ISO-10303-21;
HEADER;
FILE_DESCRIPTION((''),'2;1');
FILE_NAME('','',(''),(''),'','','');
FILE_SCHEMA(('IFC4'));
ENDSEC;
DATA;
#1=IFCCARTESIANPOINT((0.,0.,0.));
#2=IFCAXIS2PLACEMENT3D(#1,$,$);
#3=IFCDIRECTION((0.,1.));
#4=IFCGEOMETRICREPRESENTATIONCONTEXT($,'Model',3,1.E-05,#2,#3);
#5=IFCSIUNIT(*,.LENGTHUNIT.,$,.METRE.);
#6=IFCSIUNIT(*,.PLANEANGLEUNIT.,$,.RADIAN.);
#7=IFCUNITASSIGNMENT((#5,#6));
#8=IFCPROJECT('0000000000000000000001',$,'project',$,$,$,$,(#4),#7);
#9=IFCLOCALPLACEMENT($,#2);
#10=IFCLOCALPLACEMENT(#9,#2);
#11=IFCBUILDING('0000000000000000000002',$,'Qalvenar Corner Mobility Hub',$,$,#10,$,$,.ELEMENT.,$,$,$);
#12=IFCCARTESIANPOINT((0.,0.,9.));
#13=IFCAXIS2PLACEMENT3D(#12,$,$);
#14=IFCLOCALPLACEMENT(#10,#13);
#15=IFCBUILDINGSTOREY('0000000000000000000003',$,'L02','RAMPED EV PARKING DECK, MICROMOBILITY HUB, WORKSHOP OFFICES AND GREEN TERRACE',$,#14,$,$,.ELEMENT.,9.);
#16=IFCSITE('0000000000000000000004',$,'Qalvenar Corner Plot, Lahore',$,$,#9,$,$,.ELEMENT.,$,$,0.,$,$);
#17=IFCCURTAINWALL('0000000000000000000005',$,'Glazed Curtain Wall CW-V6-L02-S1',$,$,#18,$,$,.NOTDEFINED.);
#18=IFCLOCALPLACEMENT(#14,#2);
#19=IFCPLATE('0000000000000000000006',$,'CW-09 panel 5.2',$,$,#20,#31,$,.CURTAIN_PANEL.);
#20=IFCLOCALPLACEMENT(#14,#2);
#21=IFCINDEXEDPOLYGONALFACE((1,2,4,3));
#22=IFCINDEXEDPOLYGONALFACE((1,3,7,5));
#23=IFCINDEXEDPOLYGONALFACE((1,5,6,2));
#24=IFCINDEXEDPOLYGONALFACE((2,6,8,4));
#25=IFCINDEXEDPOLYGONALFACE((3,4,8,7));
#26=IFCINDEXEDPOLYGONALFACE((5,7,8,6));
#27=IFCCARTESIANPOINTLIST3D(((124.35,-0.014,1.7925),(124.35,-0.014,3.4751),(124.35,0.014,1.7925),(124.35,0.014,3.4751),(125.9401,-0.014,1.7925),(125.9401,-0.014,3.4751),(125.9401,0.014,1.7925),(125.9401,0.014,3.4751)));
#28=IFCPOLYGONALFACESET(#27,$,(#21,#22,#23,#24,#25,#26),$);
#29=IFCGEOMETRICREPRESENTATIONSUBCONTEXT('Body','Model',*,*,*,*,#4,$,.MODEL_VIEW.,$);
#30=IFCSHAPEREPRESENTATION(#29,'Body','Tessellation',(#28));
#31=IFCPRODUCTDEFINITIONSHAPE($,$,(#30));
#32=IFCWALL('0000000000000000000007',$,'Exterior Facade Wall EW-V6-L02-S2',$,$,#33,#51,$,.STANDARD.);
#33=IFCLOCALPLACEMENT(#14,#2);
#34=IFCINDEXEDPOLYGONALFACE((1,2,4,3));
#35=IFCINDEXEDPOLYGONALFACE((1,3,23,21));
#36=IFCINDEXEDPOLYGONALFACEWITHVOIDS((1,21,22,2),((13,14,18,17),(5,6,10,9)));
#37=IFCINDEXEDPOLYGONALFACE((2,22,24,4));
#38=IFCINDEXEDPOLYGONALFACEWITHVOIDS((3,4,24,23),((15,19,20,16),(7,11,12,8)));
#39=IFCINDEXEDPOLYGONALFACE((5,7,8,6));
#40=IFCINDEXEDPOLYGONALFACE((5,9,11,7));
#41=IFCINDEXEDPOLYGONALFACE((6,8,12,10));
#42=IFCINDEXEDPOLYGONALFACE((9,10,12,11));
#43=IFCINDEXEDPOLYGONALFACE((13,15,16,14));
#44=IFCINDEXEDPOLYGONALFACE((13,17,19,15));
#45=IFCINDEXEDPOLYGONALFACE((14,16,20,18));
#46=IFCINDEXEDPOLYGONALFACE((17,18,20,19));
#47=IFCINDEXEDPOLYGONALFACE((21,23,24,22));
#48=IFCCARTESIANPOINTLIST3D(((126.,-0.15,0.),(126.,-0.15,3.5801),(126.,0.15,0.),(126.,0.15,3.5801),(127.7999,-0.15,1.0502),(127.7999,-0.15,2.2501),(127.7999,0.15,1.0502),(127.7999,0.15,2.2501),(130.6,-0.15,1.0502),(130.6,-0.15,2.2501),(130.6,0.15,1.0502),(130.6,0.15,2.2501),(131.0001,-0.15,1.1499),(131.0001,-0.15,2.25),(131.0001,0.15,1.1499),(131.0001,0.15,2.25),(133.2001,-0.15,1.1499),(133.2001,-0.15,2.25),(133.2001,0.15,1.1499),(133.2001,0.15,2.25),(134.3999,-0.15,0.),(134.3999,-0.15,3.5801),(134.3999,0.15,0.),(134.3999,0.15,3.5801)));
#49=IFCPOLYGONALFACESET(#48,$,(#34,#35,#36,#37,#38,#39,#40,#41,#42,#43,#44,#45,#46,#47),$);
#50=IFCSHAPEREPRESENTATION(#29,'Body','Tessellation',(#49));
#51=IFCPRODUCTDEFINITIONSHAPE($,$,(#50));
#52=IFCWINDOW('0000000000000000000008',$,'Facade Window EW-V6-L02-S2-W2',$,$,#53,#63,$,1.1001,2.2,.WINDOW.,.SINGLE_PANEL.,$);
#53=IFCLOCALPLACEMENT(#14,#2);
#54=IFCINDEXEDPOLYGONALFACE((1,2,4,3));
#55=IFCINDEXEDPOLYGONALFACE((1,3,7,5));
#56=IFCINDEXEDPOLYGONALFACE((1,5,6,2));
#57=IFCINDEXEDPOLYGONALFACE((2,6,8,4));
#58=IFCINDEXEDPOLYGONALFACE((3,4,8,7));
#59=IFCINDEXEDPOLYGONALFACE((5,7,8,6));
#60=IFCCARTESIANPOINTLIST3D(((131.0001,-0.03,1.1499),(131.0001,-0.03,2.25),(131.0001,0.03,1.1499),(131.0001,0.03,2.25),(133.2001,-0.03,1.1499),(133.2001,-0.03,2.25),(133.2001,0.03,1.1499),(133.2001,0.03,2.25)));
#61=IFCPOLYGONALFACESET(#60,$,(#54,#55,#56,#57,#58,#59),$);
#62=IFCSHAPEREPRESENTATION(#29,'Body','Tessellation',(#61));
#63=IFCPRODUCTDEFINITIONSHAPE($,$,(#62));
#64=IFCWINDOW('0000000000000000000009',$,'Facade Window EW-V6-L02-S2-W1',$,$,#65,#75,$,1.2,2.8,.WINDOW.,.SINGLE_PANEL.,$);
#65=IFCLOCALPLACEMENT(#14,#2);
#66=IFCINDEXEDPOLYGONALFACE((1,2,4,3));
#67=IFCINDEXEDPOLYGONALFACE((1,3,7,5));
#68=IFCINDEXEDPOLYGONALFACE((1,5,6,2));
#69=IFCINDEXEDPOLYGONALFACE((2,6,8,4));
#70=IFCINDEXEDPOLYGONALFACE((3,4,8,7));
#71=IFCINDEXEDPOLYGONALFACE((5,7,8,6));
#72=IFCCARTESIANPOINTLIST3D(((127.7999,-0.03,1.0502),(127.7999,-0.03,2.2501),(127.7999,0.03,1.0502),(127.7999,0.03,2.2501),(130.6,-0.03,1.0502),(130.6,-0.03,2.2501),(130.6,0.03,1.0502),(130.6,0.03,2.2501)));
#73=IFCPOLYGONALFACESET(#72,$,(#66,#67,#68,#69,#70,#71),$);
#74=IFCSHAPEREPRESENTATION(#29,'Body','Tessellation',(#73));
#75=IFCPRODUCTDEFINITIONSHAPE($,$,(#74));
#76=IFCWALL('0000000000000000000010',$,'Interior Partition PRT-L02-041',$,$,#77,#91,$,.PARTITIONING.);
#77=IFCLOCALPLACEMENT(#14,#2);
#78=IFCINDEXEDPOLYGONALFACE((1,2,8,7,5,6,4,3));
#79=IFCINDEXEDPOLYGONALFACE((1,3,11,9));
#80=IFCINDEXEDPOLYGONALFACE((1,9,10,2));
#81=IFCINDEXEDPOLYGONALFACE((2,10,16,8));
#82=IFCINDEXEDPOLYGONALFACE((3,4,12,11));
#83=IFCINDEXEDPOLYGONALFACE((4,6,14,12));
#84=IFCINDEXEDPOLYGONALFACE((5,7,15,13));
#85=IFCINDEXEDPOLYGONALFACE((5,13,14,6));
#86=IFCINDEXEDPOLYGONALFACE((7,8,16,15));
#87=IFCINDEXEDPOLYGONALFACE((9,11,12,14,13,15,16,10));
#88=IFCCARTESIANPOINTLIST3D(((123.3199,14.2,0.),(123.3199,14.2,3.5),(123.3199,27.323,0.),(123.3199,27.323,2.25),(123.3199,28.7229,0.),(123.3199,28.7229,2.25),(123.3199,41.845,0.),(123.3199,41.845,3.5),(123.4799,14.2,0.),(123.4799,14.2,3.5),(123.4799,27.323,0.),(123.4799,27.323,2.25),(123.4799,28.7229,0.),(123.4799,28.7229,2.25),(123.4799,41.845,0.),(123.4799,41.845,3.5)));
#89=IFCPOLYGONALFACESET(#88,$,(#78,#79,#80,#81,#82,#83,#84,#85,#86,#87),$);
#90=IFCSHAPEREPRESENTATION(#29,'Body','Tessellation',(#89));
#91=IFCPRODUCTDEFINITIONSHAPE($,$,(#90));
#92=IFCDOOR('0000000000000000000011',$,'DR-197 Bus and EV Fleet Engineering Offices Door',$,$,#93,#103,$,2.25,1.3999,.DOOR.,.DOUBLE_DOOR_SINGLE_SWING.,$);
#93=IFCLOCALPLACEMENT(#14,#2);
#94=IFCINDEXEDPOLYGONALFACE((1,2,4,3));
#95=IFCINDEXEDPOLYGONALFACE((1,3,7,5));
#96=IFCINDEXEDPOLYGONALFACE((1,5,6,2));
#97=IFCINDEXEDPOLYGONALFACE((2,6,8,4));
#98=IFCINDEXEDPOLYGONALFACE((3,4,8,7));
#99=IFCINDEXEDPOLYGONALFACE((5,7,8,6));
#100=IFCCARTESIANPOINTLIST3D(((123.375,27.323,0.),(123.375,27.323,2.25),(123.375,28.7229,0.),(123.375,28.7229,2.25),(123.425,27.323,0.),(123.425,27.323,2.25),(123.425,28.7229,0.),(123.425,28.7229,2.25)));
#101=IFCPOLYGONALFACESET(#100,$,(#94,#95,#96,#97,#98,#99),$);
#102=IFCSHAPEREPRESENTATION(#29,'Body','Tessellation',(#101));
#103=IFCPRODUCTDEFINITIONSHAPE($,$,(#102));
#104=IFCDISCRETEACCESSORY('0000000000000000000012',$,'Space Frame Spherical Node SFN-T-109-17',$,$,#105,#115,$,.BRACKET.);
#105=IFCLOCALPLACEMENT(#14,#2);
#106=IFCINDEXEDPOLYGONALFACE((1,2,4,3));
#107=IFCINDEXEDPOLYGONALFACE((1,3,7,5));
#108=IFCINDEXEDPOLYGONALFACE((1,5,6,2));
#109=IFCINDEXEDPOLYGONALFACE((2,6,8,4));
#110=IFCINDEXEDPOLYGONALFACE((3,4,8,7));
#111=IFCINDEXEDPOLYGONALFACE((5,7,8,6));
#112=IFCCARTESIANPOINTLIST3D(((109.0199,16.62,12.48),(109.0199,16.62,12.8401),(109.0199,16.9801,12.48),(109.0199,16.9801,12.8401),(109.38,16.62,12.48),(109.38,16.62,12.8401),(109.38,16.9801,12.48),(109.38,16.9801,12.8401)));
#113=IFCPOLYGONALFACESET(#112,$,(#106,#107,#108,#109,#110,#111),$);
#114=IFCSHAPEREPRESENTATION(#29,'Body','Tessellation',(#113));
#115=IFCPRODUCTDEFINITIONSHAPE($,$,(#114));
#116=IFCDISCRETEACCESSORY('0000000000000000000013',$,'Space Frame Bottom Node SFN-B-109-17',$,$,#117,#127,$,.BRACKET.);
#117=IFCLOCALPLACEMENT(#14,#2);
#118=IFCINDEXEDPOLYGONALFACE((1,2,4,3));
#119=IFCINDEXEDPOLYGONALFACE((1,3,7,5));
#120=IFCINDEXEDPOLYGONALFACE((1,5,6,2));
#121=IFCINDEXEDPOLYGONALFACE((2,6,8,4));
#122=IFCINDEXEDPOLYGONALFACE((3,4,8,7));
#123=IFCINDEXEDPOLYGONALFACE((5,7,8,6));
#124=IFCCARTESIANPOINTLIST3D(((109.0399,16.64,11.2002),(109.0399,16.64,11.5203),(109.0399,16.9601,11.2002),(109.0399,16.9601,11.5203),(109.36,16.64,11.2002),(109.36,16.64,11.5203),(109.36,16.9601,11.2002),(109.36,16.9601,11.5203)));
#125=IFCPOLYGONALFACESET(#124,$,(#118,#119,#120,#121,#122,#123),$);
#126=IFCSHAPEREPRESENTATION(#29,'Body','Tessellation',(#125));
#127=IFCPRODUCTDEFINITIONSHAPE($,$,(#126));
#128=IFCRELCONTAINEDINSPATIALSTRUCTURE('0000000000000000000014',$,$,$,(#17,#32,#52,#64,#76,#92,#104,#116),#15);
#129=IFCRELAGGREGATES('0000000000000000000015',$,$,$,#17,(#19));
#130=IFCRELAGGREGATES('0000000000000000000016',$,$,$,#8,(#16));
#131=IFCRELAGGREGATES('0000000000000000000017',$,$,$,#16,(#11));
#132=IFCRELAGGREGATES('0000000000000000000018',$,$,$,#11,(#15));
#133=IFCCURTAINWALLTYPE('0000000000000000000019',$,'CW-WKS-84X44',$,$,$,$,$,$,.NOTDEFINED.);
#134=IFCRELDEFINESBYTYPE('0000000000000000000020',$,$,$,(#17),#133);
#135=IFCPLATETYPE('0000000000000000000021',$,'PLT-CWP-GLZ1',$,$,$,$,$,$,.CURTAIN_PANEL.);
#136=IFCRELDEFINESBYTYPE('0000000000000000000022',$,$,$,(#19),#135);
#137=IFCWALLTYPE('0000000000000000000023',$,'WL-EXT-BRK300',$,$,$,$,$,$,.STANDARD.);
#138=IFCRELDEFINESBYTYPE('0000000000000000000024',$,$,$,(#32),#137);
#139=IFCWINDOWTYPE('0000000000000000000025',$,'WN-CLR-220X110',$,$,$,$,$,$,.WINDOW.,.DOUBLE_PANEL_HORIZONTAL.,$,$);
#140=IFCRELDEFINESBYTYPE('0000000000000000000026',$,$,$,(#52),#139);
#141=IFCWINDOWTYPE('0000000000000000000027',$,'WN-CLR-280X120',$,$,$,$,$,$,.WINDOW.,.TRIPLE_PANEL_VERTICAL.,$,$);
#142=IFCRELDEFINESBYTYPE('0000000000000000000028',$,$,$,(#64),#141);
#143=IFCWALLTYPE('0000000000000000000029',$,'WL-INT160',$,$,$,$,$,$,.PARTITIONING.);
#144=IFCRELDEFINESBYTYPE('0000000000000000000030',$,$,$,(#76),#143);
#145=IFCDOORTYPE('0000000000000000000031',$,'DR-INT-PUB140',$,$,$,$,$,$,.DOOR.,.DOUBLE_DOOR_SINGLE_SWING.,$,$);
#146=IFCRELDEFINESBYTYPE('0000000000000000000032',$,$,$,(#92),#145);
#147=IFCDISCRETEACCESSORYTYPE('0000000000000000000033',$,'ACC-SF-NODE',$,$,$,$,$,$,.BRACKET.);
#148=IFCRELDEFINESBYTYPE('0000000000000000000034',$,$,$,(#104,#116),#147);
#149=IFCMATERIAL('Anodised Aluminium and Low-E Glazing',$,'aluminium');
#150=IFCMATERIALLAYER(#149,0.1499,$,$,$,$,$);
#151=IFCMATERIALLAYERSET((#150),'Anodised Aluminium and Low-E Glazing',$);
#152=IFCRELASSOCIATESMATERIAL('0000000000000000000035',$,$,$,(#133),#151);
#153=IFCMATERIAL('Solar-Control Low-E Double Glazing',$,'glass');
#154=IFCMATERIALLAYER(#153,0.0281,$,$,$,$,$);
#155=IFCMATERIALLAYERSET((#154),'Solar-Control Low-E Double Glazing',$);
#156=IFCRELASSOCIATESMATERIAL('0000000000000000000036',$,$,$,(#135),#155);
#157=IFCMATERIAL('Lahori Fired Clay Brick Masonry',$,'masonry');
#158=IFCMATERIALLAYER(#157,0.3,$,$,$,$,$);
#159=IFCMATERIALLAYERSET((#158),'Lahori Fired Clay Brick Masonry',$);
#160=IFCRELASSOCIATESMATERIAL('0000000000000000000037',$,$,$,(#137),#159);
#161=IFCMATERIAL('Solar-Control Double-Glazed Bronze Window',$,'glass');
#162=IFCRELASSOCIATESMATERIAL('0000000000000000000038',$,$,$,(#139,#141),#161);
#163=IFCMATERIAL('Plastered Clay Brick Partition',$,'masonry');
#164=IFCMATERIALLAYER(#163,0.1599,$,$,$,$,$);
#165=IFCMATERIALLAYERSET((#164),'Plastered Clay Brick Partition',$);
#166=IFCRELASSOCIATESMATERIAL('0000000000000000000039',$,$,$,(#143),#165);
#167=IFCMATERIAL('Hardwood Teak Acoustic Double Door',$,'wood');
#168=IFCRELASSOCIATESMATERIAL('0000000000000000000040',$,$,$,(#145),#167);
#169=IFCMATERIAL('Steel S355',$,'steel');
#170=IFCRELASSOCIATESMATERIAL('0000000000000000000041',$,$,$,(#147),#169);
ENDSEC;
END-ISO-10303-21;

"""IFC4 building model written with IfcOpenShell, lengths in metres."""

from ifc_helpers import new_model, si_unit, direction, frame, frame_2d, origin, origin_2d, place, context, subcontext, project, spatial, rectangle, extrude, material, layer, layer_set, type_object, element, fill, aggregate, save


model = new_model("IFC4")

# Units and contexts
model_context = context("Model", 3, precision=1e-05, world=origin(), true_north=direction((0.0, 1.0)))
body_context = subcontext(model_context, "Body", "Model", "MODEL_VIEW")
ifc_project = project(units=[si_unit("LENGTHUNIT", "METRE"), si_unit("PLANEANGLEUNIT", "RADIAN")], contexts=[model_context])

# Site, building, storey
site_placement = place(None, origin())
site = spatial("IfcSite", under=ifc_project, at=site_placement, Name="Qalvenar Corner Plot, Lahore", CompositionType="ELEMENT", RefElevation=0.0)
building_placement = place(site_placement, origin())
building = spatial("IfcBuilding", under=site, at=building_placement, Name="Qalvenar Corner Mobility Hub", CompositionType="ELEMENT")
storey_placement = place(building_placement, frame((0.0, 0.0, 9.0)))
storey = spatial("IfcBuildingStorey", under=building, at=storey_placement, Name="L02", Description="RAMPED EV PARKING DECK, MICROMOBILITY HUB, WORKSHOP OFFICES AND GREEN TERRACE", CompositionType="ELEMENT", Elevation=9.0)

# Shared definitions
ifc_material_1 = material(Name="Steel S355", Category="steel")

# Curtain wall
ifc_material_2 = material(Name="Anodised Aluminium and Low-E Glazing", Category="aluminium")
ifc_layer_1 = layer(ifc_material_2, 0.1499)
ifc_layer_set_1 = layer_set([ifc_layer_1], Name="Anodised Aluminium and Low-E Glazing")
curtain_wall_type = type_object("IfcCurtainWallType", Name="CW-WKS-84X44", PredefinedType="NOTDEFINED", material=ifc_layer_set_1)
curtain_wall_placement = place(storey_placement, origin())
curtain_wall = element("IfcCurtainWall", 1, at=curtain_wall_placement, inside=storey, type_object=curtain_wall_type, Name="Glazed Curtain Wall CW-V6-L02-S1", PredefinedType="NOTDEFINED")

# Plate
ifc_material_3 = material(Name="Solar-Control Low-E Double Glazing", Category="glass")
ifc_layer_2 = layer(ifc_material_3, 0.0281)
ifc_layer_set_2 = layer_set([ifc_layer_2], Name="Solar-Control Low-E Double Glazing")
plate_type = type_object("IfcPlateType", Name="PLT-CWP-GLZ1", PredefinedType="CURTAIN_PANEL", material=ifc_layer_set_2)
plate_1_placement = place(storey_placement, frame((125.145, 0.0, 1.7925), z_axis=(0.0, 0.0, 1.0), x_axis=(1.0, 0.0, 0.0)))
plate_1 = element("IfcPlate", 2, at=plate_1_placement, type_object=plate_type, Name="CW-09 panel 5.2", PredefinedType="CURTAIN_PANEL", context=body_context, shape_type="SweptSolid", body=[
    extrude(rectangle(XDim=1.5901, YDim=0.0281, at=origin_2d()), origin(), (0.0, 0.0, 1.0), 1.6826),
])
aggregate(curtain_wall, [plate_1])

# Wall, openings, windows
ifc_material_4 = material(Name="Lahori Fired Clay Brick Masonry", Category="masonry")
ifc_layer_3 = layer(ifc_material_4, 0.3)
ifc_layer_set_3 = layer_set([ifc_layer_3], Name="Lahori Fired Clay Brick Masonry")
wall_type_1 = type_object("IfcWallType", Name="WL-EXT-BRK300", PredefinedType="STANDARD", material=ifc_layer_set_3)
wall_1_placement = place(storey_placement, frame((126.0, 0.0, 0.0), z_axis=(0.0, 0.0, 1.0), x_axis=(1.0, 0.0, 0.0)))
wall_1 = element("IfcWall", 3, at=wall_1_placement, inside=storey, type_object=wall_type_1, Name="Exterior Facade Wall EW-V6-L02-S2", PredefinedType="STANDARD", context=body_context, shape_type="SweptSolid", body=[
    extrude(rectangle(XDim=8.3999, YDim=0.3, at=frame_2d((4.2, 0.0))), origin(), (0.0, 0.0, 1.0), 3.5801),
])
opening_1_placement = place(wall_1_placement, frame((1.8, 0.0, 1.05)))
opening_1 = element("IfcOpeningElement", 4, at=opening_1_placement, cuts=wall_1, PredefinedType="OPENING", context=body_context, shape_type="SweptSolid", body=[
    extrude(rectangle(XDim=2.8, YDim=1.2, at=frame_2d((1.3999, 0.6001))), frame((0.0, 0.1602, 0.0), z_axis=(0.0, -1.0, 0.0), x_axis=(1.0, 0.0, 0.0)), (0.0, 0.0, 1.0), 0.3201),
])
opening_2_placement = place(wall_1_placement, frame((5.0, 0.0, 1.1499)))
opening_2 = element("IfcOpeningElement", 5, at=opening_2_placement, cuts=wall_1, PredefinedType="OPENING", context=body_context, shape_type="SweptSolid", body=[
    extrude(rectangle(XDim=2.2, YDim=1.1001, at=frame_2d((1.1001, 0.55))), frame((0.0, 0.1602, 0.0), z_axis=(0.0, -1.0, 0.0), x_axis=(1.0, 0.0, 0.0)), (0.0, 0.0, 1.0), 0.3201),
])
ifc_material_5 = material(Name="Solar-Control Double-Glazed Bronze Window", Category="glass")
window_type_1 = type_object("IfcWindowType", Name="WN-CLR-220X110", PartitioningType="DOUBLE_PANEL_HORIZONTAL", PredefinedType="WINDOW", material=ifc_material_5)
window_1_placement = place(opening_2_placement, origin())
window_1 = element("IfcWindow", 6, at=window_1_placement, inside=storey, type_object=window_type_1, Name="Facade Window EW-V6-L02-S2-W2", OverallHeight=1.1001, OverallWidth=2.2, PartitioningType="SINGLE_PANEL", PredefinedType="WINDOW", context=body_context, shape_type="SweptSolid", body=[
    extrude(rectangle(XDim=2.2, YDim=1.1001, at=frame_2d((1.1001, 0.55))), frame((0.0, 0.03, 0.0), z_axis=(0.0, -1.0, 0.0), x_axis=(1.0, 0.0, 0.0)), (0.0, 0.0, 1.0), 0.0601),
])
fill(opening_2, window_1)
window_type_2 = type_object("IfcWindowType", Name="WN-CLR-280X120", PartitioningType="TRIPLE_PANEL_VERTICAL", PredefinedType="WINDOW", material=ifc_material_5)
window_2_placement = place(opening_1_placement, origin())
window_2 = element("IfcWindow", 7, at=window_2_placement, inside=storey, type_object=window_type_2, Name="Facade Window EW-V6-L02-S2-W1", OverallHeight=1.2, OverallWidth=2.8, PartitioningType="SINGLE_PANEL", PredefinedType="WINDOW", context=body_context, shape_type="SweptSolid", body=[
    extrude(rectangle(XDim=2.8, YDim=1.2, at=frame_2d((1.3999, 0.6001))), frame((0.0, 0.03, 0.0), z_axis=(0.0, -1.0, 0.0), x_axis=(1.0, 0.0, 0.0)), (0.0, 0.0, 1.0), 0.0601),
])
fill(opening_1, window_2)

# Wall, opening, door
ifc_material_6 = material(Name="Plastered Clay Brick Partition", Category="masonry")
ifc_layer_4 = layer(ifc_material_6, 0.1599)
ifc_layer_set_4 = layer_set([ifc_layer_4], Name="Plastered Clay Brick Partition")
wall_type_2 = type_object("IfcWallType", Name="WL-INT160", PredefinedType="PARTITIONING", material=ifc_layer_set_4)
wall_2_placement = place(storey_placement, frame((123.3999, 14.2, 0.0), z_axis=(0.0, 0.0, 1.0), x_axis=(0.0, 1.0, 0.0)))
wall_2 = element("IfcWall", 8, at=wall_2_placement, inside=storey, type_object=wall_type_2, Name="Interior Partition PRT-L02-041", PredefinedType="PARTITIONING", context=body_context, shape_type="SweptSolid", body=[
    extrude(rectangle(XDim=27.645, YDim=0.1599, at=frame_2d((13.8225, 0.0))), origin(), (0.0, 0.0, 1.0), 3.5),
])
opening_3_placement = place(wall_2_placement, frame((13.123, 0.0, 0.0)))
opening_3 = element("IfcOpeningElement", 9, at=opening_3_placement, cuts=wall_2, PredefinedType="OPENING", context=body_context, shape_type="SweptSolid", body=[
    extrude(rectangle(XDim=1.3999, YDim=2.25, at=frame_2d((0.7, 1.125))), frame((0.0, 0.0898, 0.0), z_axis=(0.0, -1.0, 0.0), x_axis=(1.0, 0.0, 0.0)), (0.0, 0.0, 1.0), 0.1799),
])
ifc_material_7 = material(Name="Hardwood Teak Acoustic Double Door", Category="wood")
door_type = type_object("IfcDoorType", Name="DR-INT-PUB140", OperationType="DOUBLE_DOOR_SINGLE_SWING", PredefinedType="DOOR", material=ifc_material_7)
door_placement = place(opening_3_placement, origin())
door = element("IfcDoor", 10, at=door_placement, inside=storey, type_object=door_type, Name="DR-197 Bus and EV Fleet Engineering Offices Door", OperationType="DOUBLE_DOOR_SINGLE_SWING", OverallHeight=2.25, OverallWidth=1.3999, PredefinedType="DOOR", context=body_context, shape_type="SweptSolid", body=[
    extrude(rectangle(XDim=1.3999, YDim=2.25, at=frame_2d((0.7, 1.125))), frame((0.0, 0.0249, 0.0), z_axis=(0.0, -1.0, 0.0), x_axis=(1.0, 0.0, 0.0)), (0.0, 0.0, 1.0), 0.05),
])
fill(opening_3, door)

# Discrete accessories
discrete_accessory_type = type_object("IfcDiscreteAccessoryType", Name="ACC-SF-NODE", PredefinedType="BRACKET", material=ifc_material_1)
discrete_accessory_1_placement = place(storey_placement, frame((109.2, 16.8, 12.48), z_axis=(0.0, 0.0, 1.0), x_axis=(1.0, 0.0, 0.0)))
element("IfcDiscreteAccessory", 11, at=discrete_accessory_1_placement, inside=storey, type_object=discrete_accessory_type, Name="Space Frame Spherical Node SFN-T-109-17", PredefinedType="BRACKET", context=body_context, shape_type="SweptSolid", body=[
    extrude(rectangle(XDim=0.3601, YDim=0.3601, at=origin_2d()), origin(), (0.0, 0.0, 1.0), 0.3601),
])
discrete_accessory_2_placement = place(storey_placement, frame((109.2, 16.8, 11.2002), z_axis=(0.0, 0.0, 1.0), x_axis=(1.0, 0.0, 0.0)))
element("IfcDiscreteAccessory", 12, at=discrete_accessory_2_placement, inside=storey, type_object=discrete_accessory_type, Name="Space Frame Bottom Node SFN-B-109-17", PredefinedType="BRACKET", context=body_context, shape_type="SweptSolid", body=[
    extrude(rectangle(XDim=0.3201, YDim=0.3201, at=origin_2d()), origin(), (0.0, 0.0, 1.0), 0.3201),
])

save(model, "model.ifc")
